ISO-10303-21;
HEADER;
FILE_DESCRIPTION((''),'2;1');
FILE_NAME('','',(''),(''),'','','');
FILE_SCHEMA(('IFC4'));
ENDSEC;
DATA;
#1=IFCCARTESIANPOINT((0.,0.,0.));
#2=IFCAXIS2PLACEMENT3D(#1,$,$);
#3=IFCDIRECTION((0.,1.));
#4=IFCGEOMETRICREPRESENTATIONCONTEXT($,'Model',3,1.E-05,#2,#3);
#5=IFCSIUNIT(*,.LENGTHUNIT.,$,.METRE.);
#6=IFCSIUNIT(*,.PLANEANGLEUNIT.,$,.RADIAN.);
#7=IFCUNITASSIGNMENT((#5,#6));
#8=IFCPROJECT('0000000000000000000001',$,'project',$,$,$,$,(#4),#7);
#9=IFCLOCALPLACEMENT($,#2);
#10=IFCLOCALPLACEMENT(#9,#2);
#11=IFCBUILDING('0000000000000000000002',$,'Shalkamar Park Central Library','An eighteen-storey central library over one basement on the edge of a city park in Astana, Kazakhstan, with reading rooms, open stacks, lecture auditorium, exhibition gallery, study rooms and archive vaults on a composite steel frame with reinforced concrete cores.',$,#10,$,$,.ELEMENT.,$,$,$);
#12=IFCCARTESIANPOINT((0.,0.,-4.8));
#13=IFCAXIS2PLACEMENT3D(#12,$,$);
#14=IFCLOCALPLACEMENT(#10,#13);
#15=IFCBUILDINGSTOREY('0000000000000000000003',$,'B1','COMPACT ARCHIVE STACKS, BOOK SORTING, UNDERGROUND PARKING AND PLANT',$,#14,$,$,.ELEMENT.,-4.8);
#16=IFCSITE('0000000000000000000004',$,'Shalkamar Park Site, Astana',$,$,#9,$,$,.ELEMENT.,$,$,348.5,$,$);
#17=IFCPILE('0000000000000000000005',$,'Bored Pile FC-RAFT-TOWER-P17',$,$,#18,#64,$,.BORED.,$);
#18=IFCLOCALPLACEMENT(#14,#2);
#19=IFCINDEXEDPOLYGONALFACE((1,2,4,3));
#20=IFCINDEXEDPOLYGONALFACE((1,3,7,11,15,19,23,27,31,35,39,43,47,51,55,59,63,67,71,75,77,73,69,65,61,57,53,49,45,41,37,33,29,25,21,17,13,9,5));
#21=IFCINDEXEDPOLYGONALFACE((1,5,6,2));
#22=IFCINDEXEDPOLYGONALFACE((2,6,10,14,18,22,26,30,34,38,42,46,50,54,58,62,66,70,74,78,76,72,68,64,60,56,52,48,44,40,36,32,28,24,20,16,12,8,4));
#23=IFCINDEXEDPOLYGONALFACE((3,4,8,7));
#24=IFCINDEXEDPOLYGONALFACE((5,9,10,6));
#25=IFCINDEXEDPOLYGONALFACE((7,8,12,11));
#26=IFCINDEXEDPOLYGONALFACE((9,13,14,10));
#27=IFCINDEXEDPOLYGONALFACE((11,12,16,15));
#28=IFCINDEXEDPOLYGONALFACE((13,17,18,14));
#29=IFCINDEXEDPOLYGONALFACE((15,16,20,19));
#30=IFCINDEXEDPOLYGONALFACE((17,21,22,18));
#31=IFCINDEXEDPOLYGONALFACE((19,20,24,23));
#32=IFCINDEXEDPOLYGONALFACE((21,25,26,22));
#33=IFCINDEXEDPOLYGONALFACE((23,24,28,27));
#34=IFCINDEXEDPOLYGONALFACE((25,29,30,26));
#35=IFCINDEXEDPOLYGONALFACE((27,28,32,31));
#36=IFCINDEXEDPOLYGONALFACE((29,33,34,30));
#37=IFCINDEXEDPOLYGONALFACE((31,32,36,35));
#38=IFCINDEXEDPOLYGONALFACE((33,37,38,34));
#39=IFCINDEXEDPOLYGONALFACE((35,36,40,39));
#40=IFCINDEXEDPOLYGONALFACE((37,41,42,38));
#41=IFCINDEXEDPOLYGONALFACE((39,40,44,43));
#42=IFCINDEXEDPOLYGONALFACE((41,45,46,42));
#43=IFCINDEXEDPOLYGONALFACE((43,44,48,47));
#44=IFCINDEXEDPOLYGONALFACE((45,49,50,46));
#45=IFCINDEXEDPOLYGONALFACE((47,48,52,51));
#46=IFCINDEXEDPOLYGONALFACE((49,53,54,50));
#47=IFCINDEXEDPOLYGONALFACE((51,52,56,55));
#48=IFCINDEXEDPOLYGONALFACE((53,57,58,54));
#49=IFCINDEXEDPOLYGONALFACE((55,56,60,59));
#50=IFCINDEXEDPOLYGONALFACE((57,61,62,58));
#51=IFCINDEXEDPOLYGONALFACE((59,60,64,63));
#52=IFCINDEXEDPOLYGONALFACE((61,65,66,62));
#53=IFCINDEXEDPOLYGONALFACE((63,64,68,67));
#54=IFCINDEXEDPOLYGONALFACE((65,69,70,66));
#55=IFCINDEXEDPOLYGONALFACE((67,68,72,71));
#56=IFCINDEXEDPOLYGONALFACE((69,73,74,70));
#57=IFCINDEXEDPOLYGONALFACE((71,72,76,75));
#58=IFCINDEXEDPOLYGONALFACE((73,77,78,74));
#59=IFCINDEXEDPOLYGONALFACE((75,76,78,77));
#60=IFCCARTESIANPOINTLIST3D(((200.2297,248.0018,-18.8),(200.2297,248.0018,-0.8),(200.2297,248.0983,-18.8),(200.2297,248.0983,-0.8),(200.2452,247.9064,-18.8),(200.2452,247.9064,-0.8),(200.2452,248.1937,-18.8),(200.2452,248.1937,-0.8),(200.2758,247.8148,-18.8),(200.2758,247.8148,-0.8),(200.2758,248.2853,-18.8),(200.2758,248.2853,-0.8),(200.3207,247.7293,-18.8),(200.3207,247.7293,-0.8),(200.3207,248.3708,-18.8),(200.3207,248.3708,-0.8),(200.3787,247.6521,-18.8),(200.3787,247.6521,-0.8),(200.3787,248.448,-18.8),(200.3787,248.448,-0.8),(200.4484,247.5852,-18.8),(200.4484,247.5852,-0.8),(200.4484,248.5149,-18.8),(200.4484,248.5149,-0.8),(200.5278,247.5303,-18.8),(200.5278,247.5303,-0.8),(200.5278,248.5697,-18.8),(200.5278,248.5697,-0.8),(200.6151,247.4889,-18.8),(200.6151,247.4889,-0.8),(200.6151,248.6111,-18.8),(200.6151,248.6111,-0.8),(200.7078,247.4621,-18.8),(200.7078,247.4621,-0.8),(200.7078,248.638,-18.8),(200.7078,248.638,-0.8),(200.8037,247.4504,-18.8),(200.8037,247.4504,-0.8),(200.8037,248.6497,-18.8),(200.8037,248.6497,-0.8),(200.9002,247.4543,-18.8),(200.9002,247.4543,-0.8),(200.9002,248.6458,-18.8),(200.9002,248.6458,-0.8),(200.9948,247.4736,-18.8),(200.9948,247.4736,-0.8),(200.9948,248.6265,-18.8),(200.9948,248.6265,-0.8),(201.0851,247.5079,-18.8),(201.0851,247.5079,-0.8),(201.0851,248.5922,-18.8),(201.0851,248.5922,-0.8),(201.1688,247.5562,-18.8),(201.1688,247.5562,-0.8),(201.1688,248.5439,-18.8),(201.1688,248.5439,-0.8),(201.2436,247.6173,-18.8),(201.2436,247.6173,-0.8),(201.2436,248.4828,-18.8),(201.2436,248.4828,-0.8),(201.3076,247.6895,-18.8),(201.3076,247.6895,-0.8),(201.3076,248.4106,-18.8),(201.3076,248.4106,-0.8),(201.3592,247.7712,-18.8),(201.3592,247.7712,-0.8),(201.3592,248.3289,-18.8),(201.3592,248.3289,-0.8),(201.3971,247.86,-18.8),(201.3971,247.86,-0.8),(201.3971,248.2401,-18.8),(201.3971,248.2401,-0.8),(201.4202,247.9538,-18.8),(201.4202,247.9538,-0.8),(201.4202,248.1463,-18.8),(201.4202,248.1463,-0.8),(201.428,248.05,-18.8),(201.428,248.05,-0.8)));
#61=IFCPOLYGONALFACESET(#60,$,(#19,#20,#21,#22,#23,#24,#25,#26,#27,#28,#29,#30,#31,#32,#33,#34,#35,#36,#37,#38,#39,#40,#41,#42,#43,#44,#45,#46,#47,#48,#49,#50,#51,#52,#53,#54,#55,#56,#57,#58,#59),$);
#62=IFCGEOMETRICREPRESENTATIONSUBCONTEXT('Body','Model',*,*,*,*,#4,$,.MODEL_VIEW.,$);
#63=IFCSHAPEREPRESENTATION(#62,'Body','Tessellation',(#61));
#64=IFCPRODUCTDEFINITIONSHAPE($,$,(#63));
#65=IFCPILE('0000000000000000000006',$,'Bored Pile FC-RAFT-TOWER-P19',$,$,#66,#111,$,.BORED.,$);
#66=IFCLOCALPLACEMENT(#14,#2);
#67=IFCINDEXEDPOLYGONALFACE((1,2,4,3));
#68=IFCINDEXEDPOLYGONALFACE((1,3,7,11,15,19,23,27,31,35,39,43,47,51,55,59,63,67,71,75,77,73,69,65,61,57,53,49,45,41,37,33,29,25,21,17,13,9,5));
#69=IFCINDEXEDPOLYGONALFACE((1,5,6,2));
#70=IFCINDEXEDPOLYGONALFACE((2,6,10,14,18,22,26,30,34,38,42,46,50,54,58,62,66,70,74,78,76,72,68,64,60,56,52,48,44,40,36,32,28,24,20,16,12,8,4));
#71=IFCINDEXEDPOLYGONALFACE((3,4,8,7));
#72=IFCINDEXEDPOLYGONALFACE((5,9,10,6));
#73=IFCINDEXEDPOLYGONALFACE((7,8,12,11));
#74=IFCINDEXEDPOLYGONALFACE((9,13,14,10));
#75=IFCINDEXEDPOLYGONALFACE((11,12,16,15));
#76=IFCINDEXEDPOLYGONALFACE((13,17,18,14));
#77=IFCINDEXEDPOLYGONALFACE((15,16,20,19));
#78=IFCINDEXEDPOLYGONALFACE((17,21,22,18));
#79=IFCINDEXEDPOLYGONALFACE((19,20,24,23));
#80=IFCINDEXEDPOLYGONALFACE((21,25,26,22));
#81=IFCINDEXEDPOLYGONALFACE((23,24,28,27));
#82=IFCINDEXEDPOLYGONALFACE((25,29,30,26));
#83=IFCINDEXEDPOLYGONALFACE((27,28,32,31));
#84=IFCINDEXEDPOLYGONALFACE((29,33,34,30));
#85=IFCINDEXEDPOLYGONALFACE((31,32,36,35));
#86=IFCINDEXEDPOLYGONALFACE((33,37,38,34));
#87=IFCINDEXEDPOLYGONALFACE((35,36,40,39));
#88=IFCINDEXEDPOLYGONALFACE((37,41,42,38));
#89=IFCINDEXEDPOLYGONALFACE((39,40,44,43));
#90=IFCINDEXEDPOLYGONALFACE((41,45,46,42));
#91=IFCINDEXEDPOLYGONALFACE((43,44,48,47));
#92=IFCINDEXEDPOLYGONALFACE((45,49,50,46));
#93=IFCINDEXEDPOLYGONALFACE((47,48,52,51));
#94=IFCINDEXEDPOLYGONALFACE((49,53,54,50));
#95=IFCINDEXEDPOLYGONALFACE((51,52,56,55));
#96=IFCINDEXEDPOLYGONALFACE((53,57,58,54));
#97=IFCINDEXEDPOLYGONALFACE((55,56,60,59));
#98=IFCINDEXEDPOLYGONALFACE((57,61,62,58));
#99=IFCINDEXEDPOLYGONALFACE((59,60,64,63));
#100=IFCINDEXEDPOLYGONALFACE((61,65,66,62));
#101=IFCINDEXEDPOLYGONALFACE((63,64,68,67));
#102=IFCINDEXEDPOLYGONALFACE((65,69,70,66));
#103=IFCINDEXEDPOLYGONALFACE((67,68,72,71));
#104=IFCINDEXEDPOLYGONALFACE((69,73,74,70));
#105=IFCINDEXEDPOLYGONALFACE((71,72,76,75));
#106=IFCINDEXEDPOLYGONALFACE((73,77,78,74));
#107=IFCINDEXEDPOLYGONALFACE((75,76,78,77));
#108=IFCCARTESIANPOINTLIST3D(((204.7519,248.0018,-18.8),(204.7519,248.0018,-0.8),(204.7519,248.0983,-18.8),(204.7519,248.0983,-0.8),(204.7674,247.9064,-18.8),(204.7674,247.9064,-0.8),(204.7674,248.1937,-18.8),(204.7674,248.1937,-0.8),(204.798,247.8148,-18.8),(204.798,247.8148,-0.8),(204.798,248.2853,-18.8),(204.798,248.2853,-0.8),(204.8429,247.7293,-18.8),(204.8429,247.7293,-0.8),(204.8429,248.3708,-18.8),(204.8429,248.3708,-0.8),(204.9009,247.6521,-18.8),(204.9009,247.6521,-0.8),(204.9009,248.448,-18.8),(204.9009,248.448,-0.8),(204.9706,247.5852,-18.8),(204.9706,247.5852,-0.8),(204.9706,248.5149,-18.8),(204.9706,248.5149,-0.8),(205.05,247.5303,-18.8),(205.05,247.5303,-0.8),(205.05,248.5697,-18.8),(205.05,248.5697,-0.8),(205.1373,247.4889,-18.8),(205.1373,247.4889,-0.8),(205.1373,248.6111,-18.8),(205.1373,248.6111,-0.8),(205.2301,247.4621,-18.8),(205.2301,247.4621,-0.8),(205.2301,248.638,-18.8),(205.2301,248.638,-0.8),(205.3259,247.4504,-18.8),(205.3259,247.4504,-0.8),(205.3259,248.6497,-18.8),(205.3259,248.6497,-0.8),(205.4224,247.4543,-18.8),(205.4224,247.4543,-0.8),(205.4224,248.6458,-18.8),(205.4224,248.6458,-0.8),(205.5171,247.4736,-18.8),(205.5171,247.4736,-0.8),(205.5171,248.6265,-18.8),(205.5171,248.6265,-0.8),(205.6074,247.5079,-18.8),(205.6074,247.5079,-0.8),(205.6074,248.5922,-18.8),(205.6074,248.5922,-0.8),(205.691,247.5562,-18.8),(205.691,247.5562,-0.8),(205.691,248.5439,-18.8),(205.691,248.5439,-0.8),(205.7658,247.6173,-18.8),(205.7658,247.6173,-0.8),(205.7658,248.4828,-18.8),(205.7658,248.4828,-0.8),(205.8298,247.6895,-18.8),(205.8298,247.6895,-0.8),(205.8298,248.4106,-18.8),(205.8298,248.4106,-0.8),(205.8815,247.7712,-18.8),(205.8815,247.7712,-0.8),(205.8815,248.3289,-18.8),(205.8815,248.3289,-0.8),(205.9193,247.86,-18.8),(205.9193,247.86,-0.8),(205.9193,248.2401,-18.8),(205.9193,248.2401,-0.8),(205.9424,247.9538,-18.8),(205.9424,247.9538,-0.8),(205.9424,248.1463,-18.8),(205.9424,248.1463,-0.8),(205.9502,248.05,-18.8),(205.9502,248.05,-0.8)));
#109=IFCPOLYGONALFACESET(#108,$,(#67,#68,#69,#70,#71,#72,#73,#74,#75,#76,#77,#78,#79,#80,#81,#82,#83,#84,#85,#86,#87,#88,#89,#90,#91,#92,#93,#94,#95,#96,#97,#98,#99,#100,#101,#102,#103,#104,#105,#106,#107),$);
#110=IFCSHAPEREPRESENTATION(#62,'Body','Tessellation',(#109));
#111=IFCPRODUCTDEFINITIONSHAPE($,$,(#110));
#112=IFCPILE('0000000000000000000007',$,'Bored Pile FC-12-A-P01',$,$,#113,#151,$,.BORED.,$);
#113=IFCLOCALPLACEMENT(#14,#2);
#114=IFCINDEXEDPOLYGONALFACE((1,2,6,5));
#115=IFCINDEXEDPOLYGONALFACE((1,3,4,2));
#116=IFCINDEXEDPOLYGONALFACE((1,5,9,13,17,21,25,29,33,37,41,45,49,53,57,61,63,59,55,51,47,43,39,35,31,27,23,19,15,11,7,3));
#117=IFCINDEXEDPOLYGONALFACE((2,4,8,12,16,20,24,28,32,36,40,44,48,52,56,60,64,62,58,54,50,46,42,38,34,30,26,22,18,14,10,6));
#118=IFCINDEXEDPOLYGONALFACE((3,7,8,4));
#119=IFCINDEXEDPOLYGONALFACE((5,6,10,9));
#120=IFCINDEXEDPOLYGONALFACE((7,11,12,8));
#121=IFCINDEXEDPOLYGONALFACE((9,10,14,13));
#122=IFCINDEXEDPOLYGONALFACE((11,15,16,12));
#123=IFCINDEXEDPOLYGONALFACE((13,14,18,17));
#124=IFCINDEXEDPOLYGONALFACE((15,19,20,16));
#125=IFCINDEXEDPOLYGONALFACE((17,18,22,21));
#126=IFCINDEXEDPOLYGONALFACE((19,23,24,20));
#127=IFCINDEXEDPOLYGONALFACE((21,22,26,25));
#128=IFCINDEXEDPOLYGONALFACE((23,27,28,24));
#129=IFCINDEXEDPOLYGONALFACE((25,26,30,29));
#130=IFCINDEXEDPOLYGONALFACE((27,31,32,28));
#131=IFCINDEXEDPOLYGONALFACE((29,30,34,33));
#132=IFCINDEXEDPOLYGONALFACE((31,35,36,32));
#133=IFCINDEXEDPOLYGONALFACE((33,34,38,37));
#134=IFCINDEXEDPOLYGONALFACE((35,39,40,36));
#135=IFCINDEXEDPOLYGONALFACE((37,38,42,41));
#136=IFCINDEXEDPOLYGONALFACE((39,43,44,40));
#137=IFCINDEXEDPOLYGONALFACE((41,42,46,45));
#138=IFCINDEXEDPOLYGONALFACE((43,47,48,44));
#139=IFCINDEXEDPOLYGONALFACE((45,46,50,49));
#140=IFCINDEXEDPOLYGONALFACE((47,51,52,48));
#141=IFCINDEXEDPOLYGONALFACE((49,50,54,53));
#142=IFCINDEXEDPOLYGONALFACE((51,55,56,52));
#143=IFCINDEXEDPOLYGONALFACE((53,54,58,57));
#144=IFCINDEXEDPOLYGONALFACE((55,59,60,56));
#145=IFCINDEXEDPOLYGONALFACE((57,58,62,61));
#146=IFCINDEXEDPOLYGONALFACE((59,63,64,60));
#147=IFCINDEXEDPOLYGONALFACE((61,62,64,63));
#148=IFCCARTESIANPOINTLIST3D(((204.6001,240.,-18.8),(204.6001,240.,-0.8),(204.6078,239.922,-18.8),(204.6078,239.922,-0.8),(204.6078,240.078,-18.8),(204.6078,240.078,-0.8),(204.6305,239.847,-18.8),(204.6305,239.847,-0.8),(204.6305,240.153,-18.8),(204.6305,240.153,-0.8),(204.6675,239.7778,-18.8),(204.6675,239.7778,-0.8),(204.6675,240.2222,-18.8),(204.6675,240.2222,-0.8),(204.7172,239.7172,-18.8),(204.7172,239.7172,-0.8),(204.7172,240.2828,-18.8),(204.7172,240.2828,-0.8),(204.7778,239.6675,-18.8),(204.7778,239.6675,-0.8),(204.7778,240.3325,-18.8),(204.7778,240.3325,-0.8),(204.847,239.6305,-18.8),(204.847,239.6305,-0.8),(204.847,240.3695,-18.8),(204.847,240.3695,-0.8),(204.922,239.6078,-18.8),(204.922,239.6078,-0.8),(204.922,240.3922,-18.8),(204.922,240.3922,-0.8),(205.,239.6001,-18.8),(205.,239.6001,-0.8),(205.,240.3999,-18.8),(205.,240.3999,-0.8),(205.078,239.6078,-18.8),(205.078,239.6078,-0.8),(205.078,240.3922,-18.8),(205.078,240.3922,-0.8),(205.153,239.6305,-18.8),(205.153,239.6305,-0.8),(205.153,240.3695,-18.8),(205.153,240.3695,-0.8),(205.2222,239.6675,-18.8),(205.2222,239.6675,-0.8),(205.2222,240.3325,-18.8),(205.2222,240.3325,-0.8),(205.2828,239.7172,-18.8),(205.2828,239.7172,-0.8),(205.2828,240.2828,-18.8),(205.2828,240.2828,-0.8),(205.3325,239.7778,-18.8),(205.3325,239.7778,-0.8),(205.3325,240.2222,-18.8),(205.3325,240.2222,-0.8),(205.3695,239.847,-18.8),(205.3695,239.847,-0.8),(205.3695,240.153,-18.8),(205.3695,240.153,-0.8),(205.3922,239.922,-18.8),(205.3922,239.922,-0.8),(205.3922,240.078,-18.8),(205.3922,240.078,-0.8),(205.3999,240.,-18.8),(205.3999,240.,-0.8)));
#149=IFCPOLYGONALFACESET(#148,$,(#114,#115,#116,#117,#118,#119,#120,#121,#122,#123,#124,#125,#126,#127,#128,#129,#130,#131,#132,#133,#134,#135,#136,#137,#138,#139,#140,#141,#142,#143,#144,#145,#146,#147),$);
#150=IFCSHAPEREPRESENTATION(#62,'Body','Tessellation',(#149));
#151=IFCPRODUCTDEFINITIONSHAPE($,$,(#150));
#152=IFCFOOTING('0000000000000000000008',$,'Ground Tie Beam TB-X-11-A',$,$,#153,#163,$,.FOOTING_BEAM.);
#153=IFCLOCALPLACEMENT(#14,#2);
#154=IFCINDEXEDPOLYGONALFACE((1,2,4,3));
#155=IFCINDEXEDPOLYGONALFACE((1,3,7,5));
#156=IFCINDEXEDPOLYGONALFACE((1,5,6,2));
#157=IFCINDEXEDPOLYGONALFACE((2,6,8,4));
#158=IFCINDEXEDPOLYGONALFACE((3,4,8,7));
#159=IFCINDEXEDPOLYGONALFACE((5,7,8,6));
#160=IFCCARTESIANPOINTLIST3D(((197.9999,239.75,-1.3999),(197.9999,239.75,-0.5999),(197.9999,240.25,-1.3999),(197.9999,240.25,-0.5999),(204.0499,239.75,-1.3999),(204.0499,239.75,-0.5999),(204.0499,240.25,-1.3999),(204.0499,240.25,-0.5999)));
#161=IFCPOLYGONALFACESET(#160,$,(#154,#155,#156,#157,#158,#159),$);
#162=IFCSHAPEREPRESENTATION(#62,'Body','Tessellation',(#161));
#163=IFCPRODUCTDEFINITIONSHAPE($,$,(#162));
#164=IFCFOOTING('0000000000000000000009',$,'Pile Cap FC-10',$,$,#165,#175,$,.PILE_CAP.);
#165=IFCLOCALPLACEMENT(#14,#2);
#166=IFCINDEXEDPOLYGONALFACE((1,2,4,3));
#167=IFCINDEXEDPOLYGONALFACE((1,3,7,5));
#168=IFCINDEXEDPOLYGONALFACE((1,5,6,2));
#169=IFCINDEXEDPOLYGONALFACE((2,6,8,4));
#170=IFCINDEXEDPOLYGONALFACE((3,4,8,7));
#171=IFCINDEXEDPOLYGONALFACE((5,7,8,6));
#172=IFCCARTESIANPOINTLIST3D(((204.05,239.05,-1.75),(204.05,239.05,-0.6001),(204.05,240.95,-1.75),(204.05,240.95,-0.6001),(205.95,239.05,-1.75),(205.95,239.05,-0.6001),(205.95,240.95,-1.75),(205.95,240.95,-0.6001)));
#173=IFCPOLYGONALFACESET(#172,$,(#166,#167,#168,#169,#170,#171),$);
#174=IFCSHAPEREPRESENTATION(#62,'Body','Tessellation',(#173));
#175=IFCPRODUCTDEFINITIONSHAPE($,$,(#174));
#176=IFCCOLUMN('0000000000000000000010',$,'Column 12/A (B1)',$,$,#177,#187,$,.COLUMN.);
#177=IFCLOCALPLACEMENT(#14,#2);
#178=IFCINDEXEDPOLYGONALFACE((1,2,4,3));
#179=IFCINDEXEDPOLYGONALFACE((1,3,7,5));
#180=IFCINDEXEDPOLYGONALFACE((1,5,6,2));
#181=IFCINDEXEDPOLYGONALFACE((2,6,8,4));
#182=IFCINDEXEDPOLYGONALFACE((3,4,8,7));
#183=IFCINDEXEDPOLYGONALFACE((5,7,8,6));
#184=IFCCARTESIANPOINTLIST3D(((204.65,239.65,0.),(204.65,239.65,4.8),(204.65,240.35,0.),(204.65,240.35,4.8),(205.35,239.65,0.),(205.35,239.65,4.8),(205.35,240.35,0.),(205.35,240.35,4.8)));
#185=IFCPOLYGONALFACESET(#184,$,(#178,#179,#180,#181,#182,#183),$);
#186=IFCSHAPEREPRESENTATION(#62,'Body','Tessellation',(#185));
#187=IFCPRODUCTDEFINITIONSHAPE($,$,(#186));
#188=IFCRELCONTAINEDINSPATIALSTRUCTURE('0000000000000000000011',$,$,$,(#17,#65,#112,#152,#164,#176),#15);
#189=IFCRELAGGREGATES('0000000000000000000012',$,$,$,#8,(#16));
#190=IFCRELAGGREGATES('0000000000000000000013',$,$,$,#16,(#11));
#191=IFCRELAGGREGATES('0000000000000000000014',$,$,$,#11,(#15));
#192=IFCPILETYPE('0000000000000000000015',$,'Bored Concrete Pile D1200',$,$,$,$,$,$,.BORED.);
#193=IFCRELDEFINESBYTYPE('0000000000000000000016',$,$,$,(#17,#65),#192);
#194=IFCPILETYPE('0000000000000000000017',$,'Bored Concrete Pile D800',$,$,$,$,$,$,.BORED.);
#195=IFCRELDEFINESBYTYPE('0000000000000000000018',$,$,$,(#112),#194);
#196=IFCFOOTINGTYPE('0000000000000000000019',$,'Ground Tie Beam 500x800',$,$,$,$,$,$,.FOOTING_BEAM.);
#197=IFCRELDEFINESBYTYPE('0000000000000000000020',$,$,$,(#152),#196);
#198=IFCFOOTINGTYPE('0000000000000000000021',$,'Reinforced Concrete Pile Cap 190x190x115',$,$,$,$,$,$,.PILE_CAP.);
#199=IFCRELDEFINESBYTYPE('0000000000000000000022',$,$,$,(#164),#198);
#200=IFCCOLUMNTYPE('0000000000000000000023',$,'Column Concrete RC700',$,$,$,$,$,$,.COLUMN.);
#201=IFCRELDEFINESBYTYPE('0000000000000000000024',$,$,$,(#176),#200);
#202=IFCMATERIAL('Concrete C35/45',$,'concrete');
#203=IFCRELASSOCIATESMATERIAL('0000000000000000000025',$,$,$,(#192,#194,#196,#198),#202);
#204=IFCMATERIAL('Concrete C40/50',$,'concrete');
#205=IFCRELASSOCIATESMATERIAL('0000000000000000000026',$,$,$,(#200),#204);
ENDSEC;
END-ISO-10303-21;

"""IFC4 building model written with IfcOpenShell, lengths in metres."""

from ifc_helpers import new_model, si_unit, direction, frame, origin, origin_2d, place, context, subcontext, project, spatial, rectangle, circle, extrude, material, material_profile, profile_set, type_object, element, save


model = new_model("IFC4")

# Units and contexts
model_context = context("Model", 3, precision=1e-05, world=origin(), true_north=direction((0.0, 1.0)))
body_context = subcontext(model_context, "Body", "Model", "MODEL_VIEW")
ifc_project = project(units=[si_unit("LENGTHUNIT", "METRE"), si_unit("PLANEANGLEUNIT", "RADIAN")], contexts=[model_context])

# Site, building, storey
site_placement = place(None, origin())
site = spatial("IfcSite", under=ifc_project, at=site_placement, Name="Shalkamar Park Site, Astana", CompositionType="ELEMENT", RefElevation=348.5)
building_placement = place(site_placement, origin())
building = spatial("IfcBuilding", under=site, at=building_placement, Name="Shalkamar Park Central Library", Description="An eighteen-storey central library over one basement on the edge of a city park in Astana, Kazakhstan, with reading rooms, open stacks, lecture auditorium, exhibition gallery, study rooms and archive vaults on a composite steel frame with reinforced concrete cores.", CompositionType="ELEMENT")
storey_placement = place(building_placement, frame((0.0, 0.0, -4.8)))
storey = spatial("IfcBuildingStorey", under=building, at=storey_placement, Name="B1", Description="COMPACT ARCHIVE STACKS, BOOK SORTING, UNDERGROUND PARKING AND PLANT", CompositionType="ELEMENT", Elevation=-4.8)

# Piles
ifc_material_1 = material(Name="Concrete C35/45", Category="concrete")
ifc_material_profile_1 = material_profile(ifc_material_1, circle(Radius=0.6001, at=origin_2d()), Name="PILE D1200")
ifc_profile_set_1 = profile_set([ifc_material_profile_1], Name="Concrete C35/45")
pile_type_1 = type_object("IfcPileType", Name="Bored Concrete Pile D1200", PredefinedType="BORED", material=ifc_profile_set_1)
for number, where, z_axis, x_axis, name in (
    (1, (200.8279, 248.05, -0.8), (0.0, 0.0, -1.0), (1.0, 0.0, 0.0), "Bored Pile FC-RAFT-TOWER-P17"),
    (2, (205.3501, 248.05, -0.8), (0.0, 0.0, -1.0), (1.0, 0.0, 0.0), "Bored Pile FC-RAFT-TOWER-P19"),
):
    element("IfcPile", number, at=place(storey_placement, frame(where, z_axis=z_axis, x_axis=x_axis)), inside=storey, type_object=pile_type_1, Name=name, PredefinedType="BORED", context=body_context, shape_type="SweptSolid", body=[
        extrude(circle(Radius=0.6001, at=origin_2d()), origin(), (0.0, 0.0, 1.0), 18.0),
    ])
ifc_material_profile_2 = material_profile(ifc_material_1, circle(Radius=0.3999, at=origin_2d()), Name="PILE D800")
ifc_profile_set_2 = profile_set([ifc_material_profile_2], Name="Concrete C35/45")
pile_type_2 = type_object("IfcPileType", Name="Bored Concrete Pile D800", PredefinedType="BORED", material=ifc_profile_set_2)
pile_placement = place(storey_placement, frame((205.0, 240.0, -0.8), z_axis=(0.0, 0.0, -1.0), x_axis=(1.0, 0.0, 0.0)))
element("IfcPile", 3, at=pile_placement, inside=storey, type_object=pile_type_2, Name="Bored Pile FC-12-A-P01", PredefinedType="BORED", context=body_context, shape_type="SweptSolid", body=[
    extrude(circle(Radius=0.3999, at=origin_2d()), origin(), (0.0, 0.0, 1.0), 18.0),
])

# Footings
footing_type_1 = type_object("IfcFootingType", Name="Ground Tie Beam 500x800", PredefinedType="FOOTING_BEAM", material=ifc_material_1)
footing_1_placement = place(storey_placement, frame((201.0249, 240.0, -1.3999), z_axis=(0.0, 0.0, 1.0), x_axis=(1.0, 0.0, 0.0)))
element("IfcFooting", 4, at=footing_1_placement, inside=storey, type_object=footing_type_1, Name="Ground Tie Beam TB-X-11-A", PredefinedType="FOOTING_BEAM", context=body_context, shape_type="SweptSolid", body=[
    extrude(rectangle(XDim=6.05, YDim=0.5, at=origin_2d()), origin(), (0.0, 0.0, 1.0), 0.8),
])
footing_type_2 = type_object("IfcFootingType", Name="Reinforced Concrete Pile Cap 190x190x115", PredefinedType="PILE_CAP", material=ifc_material_1)
footing_2_placement = place(storey_placement, frame((205.0, 240.0, -1.75), z_axis=(0.0, 0.0, 1.0), x_axis=(1.0, 0.0, 0.0)))
element("IfcFooting", 5, at=footing_2_placement, inside=storey, type_object=footing_type_2, Name="Pile Cap FC-10", PredefinedType="PILE_CAP", context=body_context, shape_type="SweptSolid", body=[
    extrude(rectangle(XDim=1.8999, YDim=1.8999, at=origin_2d()), origin(), (0.0, 0.0, 1.0), 1.1499),
])

# Column
ifc_material_2 = material(Name="Concrete C40/50", Category="concrete")
ifc_material_profile_3 = material_profile(ifc_material_2, rectangle(XDim=0.7, YDim=0.7, at=origin_2d()), Name="RC 700x700")
ifc_profile_set_3 = profile_set([ifc_material_profile_3], Name="Concrete C40/50")
column_type_1 = type_object("IfcColumnType", Name="Column Concrete RC700", PredefinedType="COLUMN", material=ifc_profile_set_3)
column_1_placement = place(storey_placement, frame((205.0, 240.0, 0.0), z_axis=(0.0, 0.0, 1.0), x_axis=(1.0, 0.0, 0.0)))
element("IfcColumn", 6, at=column_1_placement, inside=storey, type_object=column_type_1, Name="Column 12/A (B1)", PredefinedType="COLUMN", context=body_context, shape_type="SweptSolid", body=[
    extrude(rectangle(XDim=0.7, YDim=0.7, at=origin_2d()), origin(), (0.0, 0.0, 1.0), 4.8),
])

save(model, "model.ifc")
